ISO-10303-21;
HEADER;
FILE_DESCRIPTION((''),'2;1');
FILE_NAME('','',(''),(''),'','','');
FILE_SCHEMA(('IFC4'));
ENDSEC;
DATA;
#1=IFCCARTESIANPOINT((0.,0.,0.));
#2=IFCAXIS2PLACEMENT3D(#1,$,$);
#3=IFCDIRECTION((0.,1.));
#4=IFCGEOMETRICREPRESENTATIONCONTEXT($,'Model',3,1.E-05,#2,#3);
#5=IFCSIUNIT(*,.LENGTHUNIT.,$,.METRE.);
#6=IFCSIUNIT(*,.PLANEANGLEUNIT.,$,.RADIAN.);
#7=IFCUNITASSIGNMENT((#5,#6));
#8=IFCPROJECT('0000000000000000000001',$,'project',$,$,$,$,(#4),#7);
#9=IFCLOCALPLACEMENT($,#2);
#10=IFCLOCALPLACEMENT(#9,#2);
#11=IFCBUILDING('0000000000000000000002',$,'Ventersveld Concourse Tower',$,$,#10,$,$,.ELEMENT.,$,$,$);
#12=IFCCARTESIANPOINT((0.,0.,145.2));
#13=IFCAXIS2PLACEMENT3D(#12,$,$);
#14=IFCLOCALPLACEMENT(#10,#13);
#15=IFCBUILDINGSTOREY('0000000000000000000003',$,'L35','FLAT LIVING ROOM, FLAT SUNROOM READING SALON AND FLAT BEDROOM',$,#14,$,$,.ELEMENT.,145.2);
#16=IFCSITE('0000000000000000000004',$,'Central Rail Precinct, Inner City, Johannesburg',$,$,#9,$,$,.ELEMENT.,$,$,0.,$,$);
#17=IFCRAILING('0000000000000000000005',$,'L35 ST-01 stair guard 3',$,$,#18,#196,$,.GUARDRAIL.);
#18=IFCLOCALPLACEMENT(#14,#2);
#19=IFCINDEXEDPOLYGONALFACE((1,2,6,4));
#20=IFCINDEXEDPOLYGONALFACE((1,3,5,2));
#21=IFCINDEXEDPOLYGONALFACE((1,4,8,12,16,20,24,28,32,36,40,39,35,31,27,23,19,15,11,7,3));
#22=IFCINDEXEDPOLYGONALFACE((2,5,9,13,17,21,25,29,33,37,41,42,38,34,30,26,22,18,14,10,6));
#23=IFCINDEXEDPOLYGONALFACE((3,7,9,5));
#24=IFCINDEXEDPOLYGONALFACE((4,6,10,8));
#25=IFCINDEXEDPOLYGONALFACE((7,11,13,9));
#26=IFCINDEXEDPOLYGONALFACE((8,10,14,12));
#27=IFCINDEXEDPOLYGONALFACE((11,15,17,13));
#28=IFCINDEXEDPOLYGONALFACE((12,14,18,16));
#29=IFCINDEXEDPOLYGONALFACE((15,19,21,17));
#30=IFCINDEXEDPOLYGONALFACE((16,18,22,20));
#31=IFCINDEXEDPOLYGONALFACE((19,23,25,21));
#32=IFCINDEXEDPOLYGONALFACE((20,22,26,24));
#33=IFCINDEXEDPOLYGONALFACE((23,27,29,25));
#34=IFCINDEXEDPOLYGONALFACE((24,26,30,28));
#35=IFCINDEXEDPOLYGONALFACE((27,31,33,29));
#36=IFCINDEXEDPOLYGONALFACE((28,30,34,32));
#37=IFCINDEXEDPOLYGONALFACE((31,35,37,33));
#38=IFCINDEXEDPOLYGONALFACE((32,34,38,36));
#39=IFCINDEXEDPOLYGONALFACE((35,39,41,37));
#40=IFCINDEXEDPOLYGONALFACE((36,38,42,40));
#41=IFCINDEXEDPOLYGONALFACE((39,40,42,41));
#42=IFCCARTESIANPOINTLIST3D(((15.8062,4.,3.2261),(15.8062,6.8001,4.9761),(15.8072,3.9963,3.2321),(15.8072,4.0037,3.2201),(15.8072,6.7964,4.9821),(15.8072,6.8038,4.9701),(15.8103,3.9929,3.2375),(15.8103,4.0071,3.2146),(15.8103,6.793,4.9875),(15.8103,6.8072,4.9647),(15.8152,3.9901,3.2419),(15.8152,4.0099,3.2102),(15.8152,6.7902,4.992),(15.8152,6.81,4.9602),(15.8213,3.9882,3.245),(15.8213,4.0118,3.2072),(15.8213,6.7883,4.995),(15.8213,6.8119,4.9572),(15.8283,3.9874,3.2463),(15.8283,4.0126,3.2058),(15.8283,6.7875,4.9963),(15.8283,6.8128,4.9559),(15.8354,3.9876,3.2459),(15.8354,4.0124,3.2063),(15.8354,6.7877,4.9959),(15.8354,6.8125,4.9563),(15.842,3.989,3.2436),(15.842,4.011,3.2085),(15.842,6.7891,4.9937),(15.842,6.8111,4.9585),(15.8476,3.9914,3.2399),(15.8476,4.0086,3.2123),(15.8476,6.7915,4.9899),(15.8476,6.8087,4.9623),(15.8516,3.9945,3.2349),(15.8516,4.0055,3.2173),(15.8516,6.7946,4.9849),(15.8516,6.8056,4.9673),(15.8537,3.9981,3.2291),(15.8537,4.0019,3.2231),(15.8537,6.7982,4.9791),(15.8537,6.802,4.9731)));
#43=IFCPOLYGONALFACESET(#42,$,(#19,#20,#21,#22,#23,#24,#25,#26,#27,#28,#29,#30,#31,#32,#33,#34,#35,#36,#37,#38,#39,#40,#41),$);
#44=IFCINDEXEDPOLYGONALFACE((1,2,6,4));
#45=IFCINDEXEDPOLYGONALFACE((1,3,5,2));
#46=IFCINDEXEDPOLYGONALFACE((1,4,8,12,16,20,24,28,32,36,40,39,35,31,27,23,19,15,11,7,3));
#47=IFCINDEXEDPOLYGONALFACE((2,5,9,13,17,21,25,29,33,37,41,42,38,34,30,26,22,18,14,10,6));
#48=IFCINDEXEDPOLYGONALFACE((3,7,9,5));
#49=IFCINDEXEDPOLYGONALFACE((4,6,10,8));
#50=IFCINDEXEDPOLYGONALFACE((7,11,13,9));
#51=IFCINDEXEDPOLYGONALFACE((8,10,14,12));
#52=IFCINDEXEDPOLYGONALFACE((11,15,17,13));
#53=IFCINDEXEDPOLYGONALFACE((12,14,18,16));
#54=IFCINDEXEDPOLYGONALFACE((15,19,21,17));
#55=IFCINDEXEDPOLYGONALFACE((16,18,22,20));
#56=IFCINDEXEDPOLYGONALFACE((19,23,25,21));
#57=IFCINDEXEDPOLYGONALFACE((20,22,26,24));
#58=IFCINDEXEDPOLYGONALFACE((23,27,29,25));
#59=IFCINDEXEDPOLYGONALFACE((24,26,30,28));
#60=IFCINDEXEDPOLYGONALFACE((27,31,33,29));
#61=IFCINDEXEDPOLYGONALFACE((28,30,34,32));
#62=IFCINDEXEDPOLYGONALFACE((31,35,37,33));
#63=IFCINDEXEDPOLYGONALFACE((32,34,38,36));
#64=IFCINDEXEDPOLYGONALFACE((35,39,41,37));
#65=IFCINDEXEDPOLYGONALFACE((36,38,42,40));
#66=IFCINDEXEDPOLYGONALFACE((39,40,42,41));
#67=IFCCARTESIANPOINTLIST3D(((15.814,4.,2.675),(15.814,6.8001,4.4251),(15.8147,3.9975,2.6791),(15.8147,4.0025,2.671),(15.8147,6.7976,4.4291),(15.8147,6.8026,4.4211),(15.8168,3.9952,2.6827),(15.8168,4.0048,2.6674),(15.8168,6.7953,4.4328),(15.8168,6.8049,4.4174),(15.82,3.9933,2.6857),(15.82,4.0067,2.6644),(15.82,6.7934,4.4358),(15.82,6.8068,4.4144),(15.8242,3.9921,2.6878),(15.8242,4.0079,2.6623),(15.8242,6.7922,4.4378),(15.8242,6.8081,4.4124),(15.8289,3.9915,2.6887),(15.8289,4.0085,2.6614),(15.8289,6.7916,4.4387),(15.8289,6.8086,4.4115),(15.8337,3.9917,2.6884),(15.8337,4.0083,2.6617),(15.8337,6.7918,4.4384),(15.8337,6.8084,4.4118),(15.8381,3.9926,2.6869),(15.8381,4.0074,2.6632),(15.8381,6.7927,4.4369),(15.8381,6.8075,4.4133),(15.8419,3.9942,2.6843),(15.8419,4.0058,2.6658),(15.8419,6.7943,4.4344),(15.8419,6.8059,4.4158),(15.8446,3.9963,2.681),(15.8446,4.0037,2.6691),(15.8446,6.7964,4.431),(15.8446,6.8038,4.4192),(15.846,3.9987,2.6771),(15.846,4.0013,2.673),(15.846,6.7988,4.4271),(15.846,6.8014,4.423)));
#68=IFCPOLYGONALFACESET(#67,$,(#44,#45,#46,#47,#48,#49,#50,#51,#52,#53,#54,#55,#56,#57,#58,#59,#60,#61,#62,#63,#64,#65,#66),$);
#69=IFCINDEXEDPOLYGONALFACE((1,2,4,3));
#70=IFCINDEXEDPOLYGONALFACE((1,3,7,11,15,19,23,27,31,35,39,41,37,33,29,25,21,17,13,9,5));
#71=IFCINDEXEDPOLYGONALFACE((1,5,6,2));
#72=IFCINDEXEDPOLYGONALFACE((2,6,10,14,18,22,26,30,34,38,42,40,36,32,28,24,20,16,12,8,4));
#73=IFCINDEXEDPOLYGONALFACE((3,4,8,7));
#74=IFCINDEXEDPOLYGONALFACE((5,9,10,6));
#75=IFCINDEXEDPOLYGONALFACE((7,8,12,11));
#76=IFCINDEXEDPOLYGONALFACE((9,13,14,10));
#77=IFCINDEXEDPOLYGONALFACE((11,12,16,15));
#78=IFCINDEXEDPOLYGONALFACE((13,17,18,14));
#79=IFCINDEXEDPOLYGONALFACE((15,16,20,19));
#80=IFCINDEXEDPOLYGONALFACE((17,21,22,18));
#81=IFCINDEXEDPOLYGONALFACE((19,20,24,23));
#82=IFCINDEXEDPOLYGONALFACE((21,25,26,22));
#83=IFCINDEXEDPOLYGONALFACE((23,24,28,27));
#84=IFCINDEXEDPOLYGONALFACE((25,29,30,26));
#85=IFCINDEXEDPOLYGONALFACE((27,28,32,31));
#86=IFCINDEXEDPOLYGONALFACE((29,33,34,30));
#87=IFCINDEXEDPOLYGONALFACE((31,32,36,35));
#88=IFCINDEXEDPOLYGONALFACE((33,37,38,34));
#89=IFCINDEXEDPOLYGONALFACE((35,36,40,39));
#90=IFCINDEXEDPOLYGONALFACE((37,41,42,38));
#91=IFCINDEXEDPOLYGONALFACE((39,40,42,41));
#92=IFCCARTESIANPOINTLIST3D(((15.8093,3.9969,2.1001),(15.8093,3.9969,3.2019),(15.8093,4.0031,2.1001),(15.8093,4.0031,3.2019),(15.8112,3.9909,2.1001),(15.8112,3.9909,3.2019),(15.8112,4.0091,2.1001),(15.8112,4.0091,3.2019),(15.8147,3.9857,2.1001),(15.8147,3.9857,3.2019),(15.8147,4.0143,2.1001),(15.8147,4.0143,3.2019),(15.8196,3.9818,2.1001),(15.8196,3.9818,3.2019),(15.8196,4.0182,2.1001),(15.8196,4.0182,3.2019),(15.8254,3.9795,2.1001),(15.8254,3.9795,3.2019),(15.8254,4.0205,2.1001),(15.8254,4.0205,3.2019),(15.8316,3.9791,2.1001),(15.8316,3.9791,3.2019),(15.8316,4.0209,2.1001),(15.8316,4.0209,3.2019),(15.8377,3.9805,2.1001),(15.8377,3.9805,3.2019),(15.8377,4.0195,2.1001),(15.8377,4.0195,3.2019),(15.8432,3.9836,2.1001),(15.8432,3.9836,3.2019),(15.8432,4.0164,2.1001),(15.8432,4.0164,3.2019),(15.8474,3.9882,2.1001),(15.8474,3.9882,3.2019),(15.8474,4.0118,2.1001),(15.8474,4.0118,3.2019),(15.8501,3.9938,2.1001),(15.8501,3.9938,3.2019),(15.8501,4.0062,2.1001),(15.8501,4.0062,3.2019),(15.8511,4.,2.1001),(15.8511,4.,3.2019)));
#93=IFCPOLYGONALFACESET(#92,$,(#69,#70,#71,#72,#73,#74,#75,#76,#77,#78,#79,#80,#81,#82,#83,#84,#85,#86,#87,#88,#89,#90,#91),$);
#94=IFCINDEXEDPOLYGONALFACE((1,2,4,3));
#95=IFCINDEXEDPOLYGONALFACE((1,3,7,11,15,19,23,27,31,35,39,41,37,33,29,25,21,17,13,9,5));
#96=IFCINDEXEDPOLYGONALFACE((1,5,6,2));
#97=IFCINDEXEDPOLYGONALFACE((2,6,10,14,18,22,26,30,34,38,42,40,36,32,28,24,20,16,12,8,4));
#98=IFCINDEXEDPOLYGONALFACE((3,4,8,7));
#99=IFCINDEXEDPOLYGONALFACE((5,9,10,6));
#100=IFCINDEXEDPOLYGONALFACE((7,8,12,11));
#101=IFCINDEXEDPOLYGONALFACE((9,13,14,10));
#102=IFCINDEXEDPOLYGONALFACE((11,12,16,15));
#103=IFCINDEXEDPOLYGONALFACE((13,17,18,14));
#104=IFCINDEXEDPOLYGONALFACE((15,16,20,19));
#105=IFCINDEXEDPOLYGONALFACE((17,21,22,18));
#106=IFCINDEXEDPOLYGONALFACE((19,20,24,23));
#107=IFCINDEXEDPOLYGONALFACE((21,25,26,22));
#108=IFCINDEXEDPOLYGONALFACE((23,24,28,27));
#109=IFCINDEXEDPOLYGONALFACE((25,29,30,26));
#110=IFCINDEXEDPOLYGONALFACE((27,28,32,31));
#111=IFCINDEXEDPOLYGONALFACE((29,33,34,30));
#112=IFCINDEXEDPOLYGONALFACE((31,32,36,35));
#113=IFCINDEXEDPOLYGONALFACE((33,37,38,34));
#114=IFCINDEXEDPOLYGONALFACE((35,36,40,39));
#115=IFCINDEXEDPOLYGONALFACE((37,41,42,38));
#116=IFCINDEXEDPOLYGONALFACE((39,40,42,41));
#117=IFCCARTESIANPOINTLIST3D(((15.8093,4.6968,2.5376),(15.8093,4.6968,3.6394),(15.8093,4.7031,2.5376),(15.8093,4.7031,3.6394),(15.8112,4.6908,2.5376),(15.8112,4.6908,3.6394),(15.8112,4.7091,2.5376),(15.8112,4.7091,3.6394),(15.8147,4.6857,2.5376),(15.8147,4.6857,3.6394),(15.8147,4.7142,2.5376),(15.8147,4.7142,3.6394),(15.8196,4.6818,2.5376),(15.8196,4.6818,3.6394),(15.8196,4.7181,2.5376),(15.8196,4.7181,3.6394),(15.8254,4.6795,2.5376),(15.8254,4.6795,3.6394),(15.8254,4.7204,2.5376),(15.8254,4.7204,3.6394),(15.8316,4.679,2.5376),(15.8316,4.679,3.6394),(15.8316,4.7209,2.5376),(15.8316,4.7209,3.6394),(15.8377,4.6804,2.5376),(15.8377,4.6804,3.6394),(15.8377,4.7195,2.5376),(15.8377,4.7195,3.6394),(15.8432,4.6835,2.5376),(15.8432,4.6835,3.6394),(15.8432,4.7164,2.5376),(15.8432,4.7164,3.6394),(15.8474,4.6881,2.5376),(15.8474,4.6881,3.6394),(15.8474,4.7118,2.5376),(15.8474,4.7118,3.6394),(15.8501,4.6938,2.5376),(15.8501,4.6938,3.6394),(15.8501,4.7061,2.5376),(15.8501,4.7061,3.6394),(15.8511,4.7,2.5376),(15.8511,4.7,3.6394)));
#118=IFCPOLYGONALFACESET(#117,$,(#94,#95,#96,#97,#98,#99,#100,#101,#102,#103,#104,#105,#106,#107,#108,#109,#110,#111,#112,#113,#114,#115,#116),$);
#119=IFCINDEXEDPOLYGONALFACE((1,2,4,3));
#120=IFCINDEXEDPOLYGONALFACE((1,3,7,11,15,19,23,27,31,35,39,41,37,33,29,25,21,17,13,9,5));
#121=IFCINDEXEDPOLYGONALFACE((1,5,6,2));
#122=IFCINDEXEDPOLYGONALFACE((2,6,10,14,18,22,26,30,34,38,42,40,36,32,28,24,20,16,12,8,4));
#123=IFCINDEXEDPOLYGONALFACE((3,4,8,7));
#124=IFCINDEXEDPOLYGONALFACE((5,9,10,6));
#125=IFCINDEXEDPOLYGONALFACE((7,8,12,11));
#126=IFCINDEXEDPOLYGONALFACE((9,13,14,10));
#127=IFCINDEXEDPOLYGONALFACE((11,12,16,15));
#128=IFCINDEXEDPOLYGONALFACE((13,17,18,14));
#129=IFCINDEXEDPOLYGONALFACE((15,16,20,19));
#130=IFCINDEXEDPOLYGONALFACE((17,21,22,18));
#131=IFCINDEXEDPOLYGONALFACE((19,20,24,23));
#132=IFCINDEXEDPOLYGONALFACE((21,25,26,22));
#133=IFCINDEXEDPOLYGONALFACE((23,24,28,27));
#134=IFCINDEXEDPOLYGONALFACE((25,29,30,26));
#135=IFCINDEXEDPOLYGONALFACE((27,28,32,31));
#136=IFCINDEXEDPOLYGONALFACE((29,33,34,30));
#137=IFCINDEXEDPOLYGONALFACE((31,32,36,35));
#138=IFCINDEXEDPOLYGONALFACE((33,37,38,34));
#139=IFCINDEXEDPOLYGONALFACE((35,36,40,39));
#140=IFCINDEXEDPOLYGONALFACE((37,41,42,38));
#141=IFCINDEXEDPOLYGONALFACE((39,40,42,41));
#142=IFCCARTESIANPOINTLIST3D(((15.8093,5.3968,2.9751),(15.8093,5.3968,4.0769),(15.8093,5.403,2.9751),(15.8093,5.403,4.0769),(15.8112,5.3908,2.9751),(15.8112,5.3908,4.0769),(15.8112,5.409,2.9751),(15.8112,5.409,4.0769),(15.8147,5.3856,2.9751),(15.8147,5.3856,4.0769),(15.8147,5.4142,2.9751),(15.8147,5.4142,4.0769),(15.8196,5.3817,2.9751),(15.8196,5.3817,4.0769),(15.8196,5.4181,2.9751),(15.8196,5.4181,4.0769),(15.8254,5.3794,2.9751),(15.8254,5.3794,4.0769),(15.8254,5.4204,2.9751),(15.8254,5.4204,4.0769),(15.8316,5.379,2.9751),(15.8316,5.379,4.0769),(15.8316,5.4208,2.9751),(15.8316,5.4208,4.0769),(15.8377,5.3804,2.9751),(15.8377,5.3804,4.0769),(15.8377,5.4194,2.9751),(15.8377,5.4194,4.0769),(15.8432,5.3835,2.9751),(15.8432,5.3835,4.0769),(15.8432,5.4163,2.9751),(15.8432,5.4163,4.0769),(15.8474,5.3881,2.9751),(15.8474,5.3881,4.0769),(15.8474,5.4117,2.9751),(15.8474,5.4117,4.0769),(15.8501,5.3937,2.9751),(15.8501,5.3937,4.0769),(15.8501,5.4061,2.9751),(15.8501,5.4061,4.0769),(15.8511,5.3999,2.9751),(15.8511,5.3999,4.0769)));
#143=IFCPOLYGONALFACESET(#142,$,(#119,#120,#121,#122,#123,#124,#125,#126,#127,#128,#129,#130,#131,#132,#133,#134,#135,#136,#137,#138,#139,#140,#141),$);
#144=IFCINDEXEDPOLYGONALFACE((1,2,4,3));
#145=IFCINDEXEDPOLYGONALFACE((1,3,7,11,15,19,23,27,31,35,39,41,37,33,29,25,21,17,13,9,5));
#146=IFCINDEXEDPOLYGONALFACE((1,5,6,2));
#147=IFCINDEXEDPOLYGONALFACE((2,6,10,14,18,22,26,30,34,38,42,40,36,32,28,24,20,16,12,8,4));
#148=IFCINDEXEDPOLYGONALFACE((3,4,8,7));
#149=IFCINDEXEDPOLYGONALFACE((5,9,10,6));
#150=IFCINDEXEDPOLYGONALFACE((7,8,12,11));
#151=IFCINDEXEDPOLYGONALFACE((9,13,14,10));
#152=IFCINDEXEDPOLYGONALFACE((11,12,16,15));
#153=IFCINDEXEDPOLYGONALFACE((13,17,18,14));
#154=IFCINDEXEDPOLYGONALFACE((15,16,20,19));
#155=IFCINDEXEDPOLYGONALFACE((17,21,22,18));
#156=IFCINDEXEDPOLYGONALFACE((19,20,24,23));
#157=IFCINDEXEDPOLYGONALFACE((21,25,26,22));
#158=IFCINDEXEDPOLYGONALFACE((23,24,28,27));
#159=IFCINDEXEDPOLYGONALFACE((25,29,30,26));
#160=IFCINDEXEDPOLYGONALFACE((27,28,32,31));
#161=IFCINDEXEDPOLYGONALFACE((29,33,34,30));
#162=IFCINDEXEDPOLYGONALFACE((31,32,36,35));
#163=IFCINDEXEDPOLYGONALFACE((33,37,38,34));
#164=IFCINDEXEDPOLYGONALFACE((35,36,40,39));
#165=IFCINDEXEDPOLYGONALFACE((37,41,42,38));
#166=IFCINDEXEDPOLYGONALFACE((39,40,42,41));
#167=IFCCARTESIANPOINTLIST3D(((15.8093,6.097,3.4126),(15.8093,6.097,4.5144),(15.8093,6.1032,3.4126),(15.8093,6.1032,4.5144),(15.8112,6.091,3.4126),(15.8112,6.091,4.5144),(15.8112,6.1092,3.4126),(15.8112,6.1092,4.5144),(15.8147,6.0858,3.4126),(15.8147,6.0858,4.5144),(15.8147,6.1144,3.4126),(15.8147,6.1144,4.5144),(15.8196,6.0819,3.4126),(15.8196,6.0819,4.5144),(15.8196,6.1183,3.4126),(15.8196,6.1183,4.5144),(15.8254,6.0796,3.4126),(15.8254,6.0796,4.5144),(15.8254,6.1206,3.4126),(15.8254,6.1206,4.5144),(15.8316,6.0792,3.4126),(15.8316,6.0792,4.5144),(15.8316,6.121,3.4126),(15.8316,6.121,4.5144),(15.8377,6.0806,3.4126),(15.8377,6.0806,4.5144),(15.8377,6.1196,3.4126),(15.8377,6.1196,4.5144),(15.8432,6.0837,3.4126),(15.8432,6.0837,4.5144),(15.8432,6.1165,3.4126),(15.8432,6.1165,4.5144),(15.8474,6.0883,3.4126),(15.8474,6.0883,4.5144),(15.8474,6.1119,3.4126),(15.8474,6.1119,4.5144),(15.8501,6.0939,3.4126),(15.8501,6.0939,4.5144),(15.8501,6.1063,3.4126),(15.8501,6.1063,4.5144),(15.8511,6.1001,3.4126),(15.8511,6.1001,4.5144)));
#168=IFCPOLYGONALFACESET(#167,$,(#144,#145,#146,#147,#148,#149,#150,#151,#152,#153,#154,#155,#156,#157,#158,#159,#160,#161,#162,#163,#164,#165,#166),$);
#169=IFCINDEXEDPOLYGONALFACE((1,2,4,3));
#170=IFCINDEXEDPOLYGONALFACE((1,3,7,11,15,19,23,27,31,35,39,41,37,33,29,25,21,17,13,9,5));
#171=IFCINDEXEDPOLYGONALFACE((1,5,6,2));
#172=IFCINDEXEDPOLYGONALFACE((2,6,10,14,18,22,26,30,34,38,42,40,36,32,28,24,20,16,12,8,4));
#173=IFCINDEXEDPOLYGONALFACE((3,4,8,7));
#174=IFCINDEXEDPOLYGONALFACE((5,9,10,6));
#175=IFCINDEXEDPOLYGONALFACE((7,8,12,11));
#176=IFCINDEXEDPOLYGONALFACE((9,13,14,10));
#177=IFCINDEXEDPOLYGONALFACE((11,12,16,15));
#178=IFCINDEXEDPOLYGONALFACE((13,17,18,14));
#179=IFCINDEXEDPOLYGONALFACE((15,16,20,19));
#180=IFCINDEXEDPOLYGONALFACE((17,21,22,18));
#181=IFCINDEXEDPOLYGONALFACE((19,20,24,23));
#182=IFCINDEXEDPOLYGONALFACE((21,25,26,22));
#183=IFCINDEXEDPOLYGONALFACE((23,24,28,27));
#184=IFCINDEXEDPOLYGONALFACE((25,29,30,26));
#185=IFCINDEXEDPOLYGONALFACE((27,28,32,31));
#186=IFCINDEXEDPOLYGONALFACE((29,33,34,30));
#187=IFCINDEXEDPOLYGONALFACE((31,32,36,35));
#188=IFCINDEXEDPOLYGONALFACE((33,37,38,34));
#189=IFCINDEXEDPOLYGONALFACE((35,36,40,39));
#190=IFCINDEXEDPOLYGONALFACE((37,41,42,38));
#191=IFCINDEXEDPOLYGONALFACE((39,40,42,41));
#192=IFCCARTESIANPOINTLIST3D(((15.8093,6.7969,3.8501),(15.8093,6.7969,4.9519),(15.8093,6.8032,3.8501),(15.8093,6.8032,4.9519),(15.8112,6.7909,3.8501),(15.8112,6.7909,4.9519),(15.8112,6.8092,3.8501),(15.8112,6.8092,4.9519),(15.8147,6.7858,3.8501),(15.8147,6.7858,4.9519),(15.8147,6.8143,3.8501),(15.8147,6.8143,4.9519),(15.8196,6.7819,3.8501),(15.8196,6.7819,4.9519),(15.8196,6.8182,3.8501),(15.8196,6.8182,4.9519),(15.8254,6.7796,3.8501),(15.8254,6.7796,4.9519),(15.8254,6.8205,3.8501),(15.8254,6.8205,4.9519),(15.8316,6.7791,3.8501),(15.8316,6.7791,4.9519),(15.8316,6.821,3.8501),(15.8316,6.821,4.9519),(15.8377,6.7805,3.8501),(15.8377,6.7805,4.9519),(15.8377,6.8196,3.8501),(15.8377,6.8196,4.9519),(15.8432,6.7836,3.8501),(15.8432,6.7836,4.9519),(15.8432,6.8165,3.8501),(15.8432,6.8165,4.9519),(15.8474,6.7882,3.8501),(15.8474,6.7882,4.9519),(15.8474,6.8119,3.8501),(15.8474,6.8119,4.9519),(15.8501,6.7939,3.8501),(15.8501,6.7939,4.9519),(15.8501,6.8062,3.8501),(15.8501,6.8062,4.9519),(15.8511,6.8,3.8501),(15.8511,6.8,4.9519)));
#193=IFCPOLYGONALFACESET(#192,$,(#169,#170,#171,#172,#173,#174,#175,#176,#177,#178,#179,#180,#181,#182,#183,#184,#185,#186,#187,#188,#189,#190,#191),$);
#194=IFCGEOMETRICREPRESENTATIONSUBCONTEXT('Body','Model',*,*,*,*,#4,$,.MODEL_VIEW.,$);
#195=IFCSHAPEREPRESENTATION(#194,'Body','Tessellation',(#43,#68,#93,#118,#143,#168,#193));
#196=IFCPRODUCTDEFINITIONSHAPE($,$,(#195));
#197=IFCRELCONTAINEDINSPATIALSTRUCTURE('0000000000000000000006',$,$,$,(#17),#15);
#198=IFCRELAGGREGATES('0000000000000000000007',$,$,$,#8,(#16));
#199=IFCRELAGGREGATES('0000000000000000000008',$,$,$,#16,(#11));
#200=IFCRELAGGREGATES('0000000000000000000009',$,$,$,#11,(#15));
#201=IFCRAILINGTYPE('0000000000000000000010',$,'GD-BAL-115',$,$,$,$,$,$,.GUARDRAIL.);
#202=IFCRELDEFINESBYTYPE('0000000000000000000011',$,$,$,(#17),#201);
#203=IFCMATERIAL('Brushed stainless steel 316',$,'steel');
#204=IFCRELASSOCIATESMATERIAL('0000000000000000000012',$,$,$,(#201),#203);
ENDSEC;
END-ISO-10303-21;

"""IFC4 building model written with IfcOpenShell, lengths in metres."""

from ifc_helpers import new_model, si_unit, direction, frame, origin, origin_2d, place, context, subcontext, project, spatial, circle, extrude, material, type_object, element, save


model = new_model("IFC4")

# Units and contexts
model_context = context("Model", 3, precision=1e-05, world=origin(), true_north=direction((0.0, 1.0)))
body_context = subcontext(model_context, "Body", "Model", "MODEL_VIEW")
ifc_project = project(units=[si_unit("LENGTHUNIT", "METRE"), si_unit("PLANEANGLEUNIT", "RADIAN")], contexts=[model_context])

# Site, building, storey
site_placement = place(None, origin())
site = spatial("IfcSite", under=ifc_project, at=site_placement, Name="Central Rail Precinct, Inner City, Johannesburg", CompositionType="ELEMENT", RefElevation=0.0)
building_placement = place(site_placement, origin())
building = spatial("IfcBuilding", under=site, at=building_placement, Name="Ventersveld Concourse Tower", CompositionType="ELEMENT")
storey_placement = place(building_placement, frame((0.0, 0.0, 145.2)))
storey = spatial("IfcBuildingStorey", under=building, at=storey_placement, Name="L35", Description="FLAT LIVING ROOM, FLAT SUNROOM READING SALON AND FLAT BEDROOM", CompositionType="ELEMENT", Elevation=145.2)

# Railing
ifc_material_1 = material(Name="Brushed stainless steel 316", Category="steel")
railing_type_1 = type_object("IfcRailingType", Name="GD-BAL-115", PredefinedType="GUARDRAIL", material=ifc_material_1)
railing_1_placement = place(storey_placement, frame((15.8301, 4.0, 2.1001)))
element("IfcRailing", 1, at=railing_1_placement, inside=storey, type_object=railing_type_1, Name="L35 ST-01 stair guard 3", PredefinedType="GUARDRAIL", context=body_context, shape_type="SweptSolid", body=[
    extrude(circle(Radius=0.0239, at=origin_2d()), frame((0.0, 0.0, 1.126), z_axis=(0.0, 0.848002, 0.529992), x_axis=(-1.0, 0.0, 0.0)), (0.0, 0.0, 1.0), 3.302),
    extrude(circle(Radius=0.0161, at=origin_2d()), frame((0.0, 0.0, 0.575), z_axis=(0.0, 0.848002, 0.529992), x_axis=(-1.0, 0.0, 0.0)), (0.0, 0.0, 1.0), 3.302),
    extrude(circle(Radius=0.021, at=origin_2d()), origin(), (0.0, 0.0, 1.0), 1.1018),
    extrude(circle(Radius=0.021, at=origin_2d()), frame((0.0, 0.7, 0.4375)), (0.0, 0.0, 1.0), 1.1018),
    extrude(circle(Radius=0.021, at=origin_2d()), frame((0.0, 1.3999, 0.875)), (0.0, 0.0, 1.0), 1.1018),
    extrude(circle(Radius=0.021, at=origin_2d()), frame((0.0, 2.1001, 1.3125)), (0.0, 0.0, 1.0), 1.1018),
    extrude(circle(Radius=0.021, at=origin_2d()), frame((0.0, 2.8, 1.75)), (0.0, 0.0, 1.0), 1.1018),
])

save(model, "model.ifc")
